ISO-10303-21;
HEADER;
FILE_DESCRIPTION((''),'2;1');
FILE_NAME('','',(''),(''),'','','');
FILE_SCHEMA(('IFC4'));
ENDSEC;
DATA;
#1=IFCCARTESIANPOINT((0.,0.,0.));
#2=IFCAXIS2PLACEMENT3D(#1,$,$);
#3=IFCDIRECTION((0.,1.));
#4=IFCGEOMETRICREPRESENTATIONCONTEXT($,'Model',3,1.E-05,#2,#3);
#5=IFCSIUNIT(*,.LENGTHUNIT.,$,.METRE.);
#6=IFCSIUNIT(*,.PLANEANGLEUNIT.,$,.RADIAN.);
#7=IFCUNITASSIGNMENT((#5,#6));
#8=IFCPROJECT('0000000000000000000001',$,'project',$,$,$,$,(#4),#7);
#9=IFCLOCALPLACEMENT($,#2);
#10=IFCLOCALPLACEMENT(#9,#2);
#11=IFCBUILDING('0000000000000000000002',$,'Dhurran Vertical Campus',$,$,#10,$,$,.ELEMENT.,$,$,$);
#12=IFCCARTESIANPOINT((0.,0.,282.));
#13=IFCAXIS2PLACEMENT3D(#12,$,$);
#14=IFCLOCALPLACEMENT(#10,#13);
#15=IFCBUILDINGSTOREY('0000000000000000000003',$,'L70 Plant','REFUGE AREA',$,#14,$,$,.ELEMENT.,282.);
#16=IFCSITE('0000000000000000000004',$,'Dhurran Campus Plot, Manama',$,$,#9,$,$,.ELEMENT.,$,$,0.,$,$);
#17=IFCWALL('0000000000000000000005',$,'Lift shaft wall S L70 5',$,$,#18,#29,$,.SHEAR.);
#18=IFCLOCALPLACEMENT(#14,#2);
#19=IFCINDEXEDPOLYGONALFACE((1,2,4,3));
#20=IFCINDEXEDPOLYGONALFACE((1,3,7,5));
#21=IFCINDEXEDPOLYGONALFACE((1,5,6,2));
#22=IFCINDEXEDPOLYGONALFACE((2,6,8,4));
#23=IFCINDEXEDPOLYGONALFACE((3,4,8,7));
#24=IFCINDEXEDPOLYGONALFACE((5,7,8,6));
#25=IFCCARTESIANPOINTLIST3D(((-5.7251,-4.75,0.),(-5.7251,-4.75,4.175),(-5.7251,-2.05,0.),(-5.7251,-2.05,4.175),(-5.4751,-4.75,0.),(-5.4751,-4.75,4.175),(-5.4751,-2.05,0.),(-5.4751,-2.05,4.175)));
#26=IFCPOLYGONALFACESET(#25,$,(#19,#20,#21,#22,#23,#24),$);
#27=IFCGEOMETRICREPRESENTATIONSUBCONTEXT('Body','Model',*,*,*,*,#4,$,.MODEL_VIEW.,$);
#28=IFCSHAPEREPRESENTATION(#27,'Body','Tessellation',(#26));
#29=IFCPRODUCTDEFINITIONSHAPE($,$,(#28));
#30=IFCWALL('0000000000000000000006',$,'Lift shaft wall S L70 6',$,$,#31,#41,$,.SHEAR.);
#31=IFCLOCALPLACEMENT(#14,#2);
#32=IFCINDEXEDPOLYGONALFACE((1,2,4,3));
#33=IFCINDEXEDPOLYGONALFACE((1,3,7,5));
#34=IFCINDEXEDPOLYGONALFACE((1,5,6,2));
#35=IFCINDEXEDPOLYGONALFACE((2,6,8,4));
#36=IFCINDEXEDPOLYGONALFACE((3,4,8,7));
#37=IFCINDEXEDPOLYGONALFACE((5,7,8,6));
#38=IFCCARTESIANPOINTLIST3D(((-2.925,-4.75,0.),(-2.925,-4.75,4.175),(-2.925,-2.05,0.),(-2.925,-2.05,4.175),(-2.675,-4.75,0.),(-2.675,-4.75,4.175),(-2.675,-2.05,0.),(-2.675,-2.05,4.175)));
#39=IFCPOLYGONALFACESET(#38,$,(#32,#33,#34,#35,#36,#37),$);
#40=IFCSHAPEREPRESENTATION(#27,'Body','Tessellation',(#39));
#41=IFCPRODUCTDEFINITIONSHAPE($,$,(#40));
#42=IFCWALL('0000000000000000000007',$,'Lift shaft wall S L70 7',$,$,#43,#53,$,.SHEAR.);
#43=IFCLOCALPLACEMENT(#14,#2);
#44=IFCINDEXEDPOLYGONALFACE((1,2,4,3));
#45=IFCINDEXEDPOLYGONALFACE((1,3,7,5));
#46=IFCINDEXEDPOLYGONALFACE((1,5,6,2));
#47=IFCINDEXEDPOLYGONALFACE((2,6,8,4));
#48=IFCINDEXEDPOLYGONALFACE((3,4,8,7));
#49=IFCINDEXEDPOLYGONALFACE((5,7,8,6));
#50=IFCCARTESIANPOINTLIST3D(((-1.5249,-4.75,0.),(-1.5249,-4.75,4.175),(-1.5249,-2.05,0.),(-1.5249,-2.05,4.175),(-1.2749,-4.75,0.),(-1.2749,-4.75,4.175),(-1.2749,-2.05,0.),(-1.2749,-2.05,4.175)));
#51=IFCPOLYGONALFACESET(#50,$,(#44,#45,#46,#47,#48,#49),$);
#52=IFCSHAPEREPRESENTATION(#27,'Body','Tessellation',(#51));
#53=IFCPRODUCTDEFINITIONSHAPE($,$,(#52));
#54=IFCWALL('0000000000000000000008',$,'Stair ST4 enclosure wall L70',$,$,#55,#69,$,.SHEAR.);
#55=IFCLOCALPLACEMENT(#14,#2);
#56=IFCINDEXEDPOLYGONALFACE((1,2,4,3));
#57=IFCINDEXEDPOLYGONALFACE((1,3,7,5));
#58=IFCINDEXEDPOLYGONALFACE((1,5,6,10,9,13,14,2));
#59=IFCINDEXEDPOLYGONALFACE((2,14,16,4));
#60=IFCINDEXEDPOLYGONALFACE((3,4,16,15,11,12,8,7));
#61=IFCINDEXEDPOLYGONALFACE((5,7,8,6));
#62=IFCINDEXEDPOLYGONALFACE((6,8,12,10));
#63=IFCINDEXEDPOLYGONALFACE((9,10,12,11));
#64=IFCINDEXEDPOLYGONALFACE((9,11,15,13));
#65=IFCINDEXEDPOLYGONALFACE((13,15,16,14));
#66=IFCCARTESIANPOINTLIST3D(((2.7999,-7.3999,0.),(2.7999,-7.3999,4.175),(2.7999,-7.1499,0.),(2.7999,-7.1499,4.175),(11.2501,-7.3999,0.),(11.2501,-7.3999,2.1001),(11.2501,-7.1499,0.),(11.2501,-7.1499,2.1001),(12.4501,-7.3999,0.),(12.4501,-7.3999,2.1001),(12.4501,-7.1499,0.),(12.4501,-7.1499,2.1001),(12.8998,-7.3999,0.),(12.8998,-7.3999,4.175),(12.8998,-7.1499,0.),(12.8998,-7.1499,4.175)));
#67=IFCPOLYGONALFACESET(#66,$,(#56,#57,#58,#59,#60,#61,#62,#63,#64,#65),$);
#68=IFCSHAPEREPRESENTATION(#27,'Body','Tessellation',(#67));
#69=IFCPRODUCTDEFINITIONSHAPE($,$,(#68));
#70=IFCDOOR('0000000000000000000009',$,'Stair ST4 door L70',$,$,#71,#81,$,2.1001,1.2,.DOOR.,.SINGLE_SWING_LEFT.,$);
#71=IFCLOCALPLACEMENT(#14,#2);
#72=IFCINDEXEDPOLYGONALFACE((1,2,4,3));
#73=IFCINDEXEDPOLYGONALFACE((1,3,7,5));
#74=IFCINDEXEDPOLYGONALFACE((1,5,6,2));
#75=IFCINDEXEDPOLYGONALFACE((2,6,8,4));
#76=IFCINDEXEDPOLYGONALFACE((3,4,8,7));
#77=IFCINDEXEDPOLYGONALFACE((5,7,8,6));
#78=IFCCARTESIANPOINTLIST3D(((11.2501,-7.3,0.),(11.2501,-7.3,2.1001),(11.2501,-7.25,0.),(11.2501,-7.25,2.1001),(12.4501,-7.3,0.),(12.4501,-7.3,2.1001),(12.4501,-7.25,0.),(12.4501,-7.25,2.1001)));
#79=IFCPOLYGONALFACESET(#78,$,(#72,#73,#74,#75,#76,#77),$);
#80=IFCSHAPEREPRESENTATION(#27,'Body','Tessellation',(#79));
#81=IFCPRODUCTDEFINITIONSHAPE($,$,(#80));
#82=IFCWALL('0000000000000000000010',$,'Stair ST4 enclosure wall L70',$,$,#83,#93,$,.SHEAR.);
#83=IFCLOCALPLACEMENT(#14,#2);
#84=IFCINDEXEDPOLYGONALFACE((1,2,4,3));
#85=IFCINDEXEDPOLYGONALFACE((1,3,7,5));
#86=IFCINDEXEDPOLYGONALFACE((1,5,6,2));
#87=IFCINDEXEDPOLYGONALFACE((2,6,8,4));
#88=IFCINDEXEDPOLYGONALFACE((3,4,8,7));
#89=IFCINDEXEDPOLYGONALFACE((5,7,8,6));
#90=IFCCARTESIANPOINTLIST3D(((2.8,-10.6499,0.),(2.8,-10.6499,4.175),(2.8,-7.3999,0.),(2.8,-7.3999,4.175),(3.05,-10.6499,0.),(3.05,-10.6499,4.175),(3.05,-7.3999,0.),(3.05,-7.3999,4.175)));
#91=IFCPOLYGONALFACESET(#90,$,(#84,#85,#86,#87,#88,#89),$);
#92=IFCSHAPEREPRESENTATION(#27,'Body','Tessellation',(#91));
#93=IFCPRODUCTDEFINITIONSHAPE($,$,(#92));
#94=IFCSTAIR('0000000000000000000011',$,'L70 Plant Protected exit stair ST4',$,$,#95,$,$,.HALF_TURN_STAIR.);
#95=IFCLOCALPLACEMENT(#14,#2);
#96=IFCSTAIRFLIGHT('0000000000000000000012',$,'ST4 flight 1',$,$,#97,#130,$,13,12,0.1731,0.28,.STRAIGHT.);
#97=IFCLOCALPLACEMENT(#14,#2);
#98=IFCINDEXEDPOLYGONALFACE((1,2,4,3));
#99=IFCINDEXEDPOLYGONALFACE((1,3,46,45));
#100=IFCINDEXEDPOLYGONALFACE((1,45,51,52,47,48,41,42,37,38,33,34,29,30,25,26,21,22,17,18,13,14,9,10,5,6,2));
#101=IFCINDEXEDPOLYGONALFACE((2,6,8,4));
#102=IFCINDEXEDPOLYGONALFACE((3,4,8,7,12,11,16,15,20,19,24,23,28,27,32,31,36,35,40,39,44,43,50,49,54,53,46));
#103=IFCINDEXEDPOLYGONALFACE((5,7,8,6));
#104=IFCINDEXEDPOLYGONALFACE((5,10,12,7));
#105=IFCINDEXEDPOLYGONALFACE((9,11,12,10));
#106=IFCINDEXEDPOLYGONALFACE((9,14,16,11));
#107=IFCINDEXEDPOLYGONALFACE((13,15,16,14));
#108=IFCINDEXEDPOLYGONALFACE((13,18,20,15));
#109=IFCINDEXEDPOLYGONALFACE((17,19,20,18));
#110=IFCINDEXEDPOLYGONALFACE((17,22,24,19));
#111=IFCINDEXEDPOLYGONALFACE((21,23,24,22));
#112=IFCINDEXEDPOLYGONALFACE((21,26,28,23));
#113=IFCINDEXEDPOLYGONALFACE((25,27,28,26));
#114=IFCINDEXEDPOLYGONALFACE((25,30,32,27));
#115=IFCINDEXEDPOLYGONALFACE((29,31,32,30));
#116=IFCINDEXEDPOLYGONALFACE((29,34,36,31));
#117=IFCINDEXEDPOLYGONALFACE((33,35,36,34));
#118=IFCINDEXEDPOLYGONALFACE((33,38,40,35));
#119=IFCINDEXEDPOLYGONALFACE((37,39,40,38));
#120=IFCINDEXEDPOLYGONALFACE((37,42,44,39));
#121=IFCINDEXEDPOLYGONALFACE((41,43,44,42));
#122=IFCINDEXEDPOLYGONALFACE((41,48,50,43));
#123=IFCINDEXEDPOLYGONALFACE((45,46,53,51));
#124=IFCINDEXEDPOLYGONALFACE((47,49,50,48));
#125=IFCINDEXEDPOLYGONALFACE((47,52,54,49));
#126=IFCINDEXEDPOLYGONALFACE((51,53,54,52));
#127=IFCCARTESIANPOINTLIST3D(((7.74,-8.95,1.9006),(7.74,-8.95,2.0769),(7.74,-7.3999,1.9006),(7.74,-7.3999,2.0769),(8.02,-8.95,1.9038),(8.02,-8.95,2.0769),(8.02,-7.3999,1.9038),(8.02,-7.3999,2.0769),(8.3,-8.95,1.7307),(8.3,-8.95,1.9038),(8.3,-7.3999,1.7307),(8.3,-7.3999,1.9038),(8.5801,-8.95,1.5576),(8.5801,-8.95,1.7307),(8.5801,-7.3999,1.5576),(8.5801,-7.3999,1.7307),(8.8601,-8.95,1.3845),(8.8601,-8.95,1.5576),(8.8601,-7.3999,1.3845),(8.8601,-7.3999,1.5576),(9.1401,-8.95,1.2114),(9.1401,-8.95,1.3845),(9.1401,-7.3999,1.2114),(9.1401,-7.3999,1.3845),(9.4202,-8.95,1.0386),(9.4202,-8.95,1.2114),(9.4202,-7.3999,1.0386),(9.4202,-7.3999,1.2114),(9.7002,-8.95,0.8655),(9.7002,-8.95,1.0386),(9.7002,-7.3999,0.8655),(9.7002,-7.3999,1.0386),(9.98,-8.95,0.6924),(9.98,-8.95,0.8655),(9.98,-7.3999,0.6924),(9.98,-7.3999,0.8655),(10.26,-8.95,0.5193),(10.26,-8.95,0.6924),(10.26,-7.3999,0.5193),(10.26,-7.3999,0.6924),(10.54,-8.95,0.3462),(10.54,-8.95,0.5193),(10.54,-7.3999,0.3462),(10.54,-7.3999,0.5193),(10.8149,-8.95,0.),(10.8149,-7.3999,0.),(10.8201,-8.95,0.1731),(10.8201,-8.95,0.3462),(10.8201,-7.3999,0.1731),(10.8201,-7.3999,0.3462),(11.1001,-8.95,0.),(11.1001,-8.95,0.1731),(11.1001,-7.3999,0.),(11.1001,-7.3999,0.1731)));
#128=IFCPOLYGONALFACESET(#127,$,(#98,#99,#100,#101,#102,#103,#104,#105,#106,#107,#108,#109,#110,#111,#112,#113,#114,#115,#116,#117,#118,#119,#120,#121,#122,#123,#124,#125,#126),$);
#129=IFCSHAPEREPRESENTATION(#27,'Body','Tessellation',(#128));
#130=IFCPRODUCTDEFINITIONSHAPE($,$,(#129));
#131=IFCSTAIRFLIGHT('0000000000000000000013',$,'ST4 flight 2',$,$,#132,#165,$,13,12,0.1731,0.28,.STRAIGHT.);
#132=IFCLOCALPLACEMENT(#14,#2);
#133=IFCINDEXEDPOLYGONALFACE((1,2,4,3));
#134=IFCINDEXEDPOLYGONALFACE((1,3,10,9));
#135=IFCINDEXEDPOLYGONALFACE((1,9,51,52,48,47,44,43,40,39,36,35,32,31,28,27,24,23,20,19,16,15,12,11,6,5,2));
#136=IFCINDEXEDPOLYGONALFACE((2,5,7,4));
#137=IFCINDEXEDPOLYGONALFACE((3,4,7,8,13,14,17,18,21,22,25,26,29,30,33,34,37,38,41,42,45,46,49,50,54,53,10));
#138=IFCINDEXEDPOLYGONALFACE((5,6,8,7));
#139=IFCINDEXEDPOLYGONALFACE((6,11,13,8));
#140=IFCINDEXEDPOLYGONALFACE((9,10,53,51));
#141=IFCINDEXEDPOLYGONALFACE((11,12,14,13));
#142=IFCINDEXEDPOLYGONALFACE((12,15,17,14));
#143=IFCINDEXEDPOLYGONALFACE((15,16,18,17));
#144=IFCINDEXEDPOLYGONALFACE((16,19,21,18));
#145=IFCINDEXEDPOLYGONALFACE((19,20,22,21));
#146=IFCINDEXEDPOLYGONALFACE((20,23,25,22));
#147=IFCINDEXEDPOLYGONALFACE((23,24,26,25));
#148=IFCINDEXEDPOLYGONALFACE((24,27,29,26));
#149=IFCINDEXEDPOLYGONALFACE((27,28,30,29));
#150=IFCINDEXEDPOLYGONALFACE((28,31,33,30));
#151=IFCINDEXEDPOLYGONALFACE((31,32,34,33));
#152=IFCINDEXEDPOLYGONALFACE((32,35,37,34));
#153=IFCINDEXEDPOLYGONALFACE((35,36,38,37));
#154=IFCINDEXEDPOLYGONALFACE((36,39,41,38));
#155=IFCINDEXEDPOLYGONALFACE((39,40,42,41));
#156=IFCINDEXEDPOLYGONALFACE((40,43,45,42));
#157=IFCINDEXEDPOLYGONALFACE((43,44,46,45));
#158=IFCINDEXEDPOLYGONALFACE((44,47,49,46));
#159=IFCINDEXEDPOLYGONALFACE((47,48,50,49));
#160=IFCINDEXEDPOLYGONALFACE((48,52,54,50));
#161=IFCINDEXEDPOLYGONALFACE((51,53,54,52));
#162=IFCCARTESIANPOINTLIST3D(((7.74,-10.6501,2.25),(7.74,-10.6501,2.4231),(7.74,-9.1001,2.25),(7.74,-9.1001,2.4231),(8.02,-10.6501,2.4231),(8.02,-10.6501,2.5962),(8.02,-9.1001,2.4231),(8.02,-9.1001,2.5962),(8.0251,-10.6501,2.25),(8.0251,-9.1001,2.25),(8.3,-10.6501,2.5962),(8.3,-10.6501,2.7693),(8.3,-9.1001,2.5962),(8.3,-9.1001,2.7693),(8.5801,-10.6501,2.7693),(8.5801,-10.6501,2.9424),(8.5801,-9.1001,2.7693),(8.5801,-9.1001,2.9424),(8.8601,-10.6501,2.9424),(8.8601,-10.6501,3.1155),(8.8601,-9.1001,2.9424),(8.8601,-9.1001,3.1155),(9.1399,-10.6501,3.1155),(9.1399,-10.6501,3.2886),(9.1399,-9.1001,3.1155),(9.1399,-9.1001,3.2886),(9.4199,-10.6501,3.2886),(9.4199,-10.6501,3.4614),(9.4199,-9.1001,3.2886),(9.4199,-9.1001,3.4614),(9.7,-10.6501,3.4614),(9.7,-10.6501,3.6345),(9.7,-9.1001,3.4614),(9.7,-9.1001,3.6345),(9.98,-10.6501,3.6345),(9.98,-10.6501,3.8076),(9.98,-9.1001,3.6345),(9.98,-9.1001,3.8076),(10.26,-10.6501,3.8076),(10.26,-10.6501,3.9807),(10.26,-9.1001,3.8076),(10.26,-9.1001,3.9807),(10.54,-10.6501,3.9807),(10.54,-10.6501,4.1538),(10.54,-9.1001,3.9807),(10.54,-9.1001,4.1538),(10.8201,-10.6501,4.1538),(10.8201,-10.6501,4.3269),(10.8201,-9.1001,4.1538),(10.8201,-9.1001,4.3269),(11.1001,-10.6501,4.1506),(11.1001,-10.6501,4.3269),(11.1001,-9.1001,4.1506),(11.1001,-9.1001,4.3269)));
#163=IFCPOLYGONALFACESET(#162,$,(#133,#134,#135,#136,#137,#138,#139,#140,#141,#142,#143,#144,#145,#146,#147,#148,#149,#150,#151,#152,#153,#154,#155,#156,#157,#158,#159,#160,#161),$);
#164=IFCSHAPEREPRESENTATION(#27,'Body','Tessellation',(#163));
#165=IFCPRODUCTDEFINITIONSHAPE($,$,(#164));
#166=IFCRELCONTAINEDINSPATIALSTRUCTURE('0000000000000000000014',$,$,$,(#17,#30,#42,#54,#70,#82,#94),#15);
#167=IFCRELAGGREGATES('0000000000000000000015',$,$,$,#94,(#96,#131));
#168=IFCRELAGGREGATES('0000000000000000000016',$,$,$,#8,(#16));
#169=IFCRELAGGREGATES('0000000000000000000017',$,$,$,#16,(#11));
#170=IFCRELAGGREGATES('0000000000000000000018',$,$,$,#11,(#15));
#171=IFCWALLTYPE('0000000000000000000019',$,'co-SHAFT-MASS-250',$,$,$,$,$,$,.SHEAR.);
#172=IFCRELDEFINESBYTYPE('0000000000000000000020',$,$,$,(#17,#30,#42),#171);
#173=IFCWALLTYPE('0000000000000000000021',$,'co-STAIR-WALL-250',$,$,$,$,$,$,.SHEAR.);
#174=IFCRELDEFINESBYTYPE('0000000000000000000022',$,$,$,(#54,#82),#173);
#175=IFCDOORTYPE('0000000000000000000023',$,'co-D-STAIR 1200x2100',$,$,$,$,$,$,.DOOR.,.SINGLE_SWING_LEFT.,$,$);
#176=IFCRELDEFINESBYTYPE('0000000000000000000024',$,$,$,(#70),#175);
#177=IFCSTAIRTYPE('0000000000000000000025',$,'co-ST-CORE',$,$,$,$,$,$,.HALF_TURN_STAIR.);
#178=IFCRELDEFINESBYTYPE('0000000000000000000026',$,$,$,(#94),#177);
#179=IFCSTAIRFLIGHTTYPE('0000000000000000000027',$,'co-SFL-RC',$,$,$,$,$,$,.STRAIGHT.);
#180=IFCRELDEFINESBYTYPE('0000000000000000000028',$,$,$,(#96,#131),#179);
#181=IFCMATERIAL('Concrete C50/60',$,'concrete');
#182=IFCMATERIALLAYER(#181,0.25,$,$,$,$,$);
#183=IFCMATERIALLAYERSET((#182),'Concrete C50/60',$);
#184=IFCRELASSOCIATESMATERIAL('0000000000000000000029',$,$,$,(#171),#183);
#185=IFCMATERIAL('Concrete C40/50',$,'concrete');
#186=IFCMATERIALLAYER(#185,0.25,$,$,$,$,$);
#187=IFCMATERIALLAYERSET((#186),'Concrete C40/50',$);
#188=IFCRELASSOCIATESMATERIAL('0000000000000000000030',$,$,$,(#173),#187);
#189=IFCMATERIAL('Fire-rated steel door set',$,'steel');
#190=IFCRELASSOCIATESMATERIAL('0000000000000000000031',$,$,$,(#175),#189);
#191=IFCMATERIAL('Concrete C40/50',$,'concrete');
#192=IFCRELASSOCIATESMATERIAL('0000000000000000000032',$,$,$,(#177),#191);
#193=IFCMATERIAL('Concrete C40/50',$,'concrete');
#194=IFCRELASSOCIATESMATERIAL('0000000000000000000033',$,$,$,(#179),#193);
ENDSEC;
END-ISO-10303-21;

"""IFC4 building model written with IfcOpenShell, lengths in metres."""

from ifc_helpers import new_model, si_unit, direction, frame, frame_2d, origin, place, context, subcontext, project, spatial, polyline, rectangle, outline, extrude, material, layer, layer_set, type_object, element, fill, aggregate, save


model = new_model("IFC4")

# Units and contexts
model_context = context("Model", 3, precision=1e-05, world=origin(), true_north=direction((0.0, 1.0)))
body_context = subcontext(model_context, "Body", "Model", "MODEL_VIEW")
ifc_project = project(units=[si_unit("LENGTHUNIT", "METRE"), si_unit("PLANEANGLEUNIT", "RADIAN")], contexts=[model_context])

# Site, building, storey
site_placement = place(None, origin())
site = spatial("IfcSite", under=ifc_project, at=site_placement, Name="Dhurran Campus Plot, Manama", CompositionType="ELEMENT", RefElevation=0.0)
building_placement = place(site_placement, origin())
building = spatial("IfcBuilding", under=site, at=building_placement, Name="Dhurran Vertical Campus", CompositionType="ELEMENT")
storey_placement = place(building_placement, frame((0.0, 0.0, 282.0)))
storey = spatial("IfcBuildingStorey", under=building, at=storey_placement, Name="L70 Plant", Description="REFUGE AREA", CompositionType="ELEMENT", Elevation=282.0)

# Walls
ifc_material_1 = material(Name="Concrete C50/60", Category="concrete")
ifc_layer_1 = layer(ifc_material_1, 0.25)
ifc_layer_set_1 = layer_set([ifc_layer_1], Name="Concrete C50/60")
wall_type_1 = type_object("IfcWallType", Name="co-SHAFT-MASS-250", PredefinedType="SHEAR", material=ifc_layer_set_1)
wall_1_placement = place(storey_placement, origin())
element("IfcWall", 1, at=wall_1_placement, inside=storey, type_object=wall_type_1, Name="Lift shaft wall S L70 5", PredefinedType="SHEAR", context=body_context, shape_type="SweptSolid", body=[
    extrude(outline(polyline([(-5.7251, -4.75), (-5.4751, -4.75), (-5.4751, -2.05), (-5.7251, -2.05), (-5.7251, -4.75)])), origin(), (0.0, 0.0, 1.0), 4.175),
])
wall_2_placement = place(storey_placement, origin())
element("IfcWall", 2, at=wall_2_placement, inside=storey, type_object=wall_type_1, Name="Lift shaft wall S L70 6", PredefinedType="SHEAR", context=body_context, shape_type="SweptSolid", body=[
    extrude(outline(polyline([(-2.925, -4.75), (-2.675, -4.75), (-2.675, -2.05), (-2.925, -2.05), (-2.925, -4.75)])), origin(), (0.0, 0.0, 1.0), 4.175),
])
wall_3_placement = place(storey_placement, origin())
element("IfcWall", 3, at=wall_3_placement, inside=storey, type_object=wall_type_1, Name="Lift shaft wall S L70 7", PredefinedType="SHEAR", context=body_context, shape_type="SweptSolid", body=[
    extrude(outline(polyline([(-1.5249, -4.75), (-1.2749, -4.75), (-1.2749, -2.05), (-1.5249, -2.05), (-1.5249, -4.75)])), origin(), (0.0, 0.0, 1.0), 4.175),
])

# Wall, opening, door
ifc_material_2 = material(Name="Concrete C40/50", Category="concrete")
ifc_layer_2 = layer(ifc_material_2, 0.25)
ifc_layer_set_2 = layer_set([ifc_layer_2], Name="Concrete C40/50")
wall_type_2 = type_object("IfcWallType", Name="co-STAIR-WALL-250", PredefinedType="SHEAR", material=ifc_layer_set_2)
wall_4_placement = place(storey_placement, frame((2.8, -7.2749, 0.0), z_axis=(0.0, 0.0, 1.0), x_axis=(1.0, 0.0, 0.0)))
wall_4 = element("IfcWall", 4, at=wall_4_placement, inside=storey, type_object=wall_type_2, Name="Stair ST4 enclosure wall L70", PredefinedType="SHEAR", context=body_context, shape_type="SweptSolid", body=[
    extrude(rectangle(XDim=10.0999, YDim=0.25, at=frame_2d((5.0498, 0.0))), origin(), (0.0, 0.0, 1.0), 4.175),
])
opening_1_placement = place(wall_4_placement, frame((8.45, 0.0, 0.0)))
opening_1 = element("IfcOpeningElement", 5, at=opening_1_placement, cuts=wall_4, PredefinedType="OPENING", context=body_context, shape_type="SweptSolid", body=[
    extrude(rectangle(XDim=1.2, YDim=2.1001, at=frame_2d((0.6001, 1.05))), frame((0.0, 0.135, 0.0), z_axis=(0.0, -1.0, 0.0), x_axis=(1.0, 0.0, 0.0)), (0.0, 0.0, 1.0), 0.27),
])
ifc_material_3 = material(Name="Fire-rated steel door set", Category="steel")
door_type_1 = type_object("IfcDoorType", Name="co-D-STAIR 1200x2100", OperationType="SINGLE_SWING_LEFT", PredefinedType="DOOR", material=ifc_material_3)
door_1_placement = place(opening_1_placement, origin())
door_1 = element("IfcDoor", 6, at=door_1_placement, inside=storey, type_object=door_type_1, Name="Stair ST4 door L70", OperationType="SINGLE_SWING_LEFT", OverallHeight=2.1001, OverallWidth=1.2, PredefinedType="DOOR", context=body_context, shape_type="SweptSolid", body=[
    extrude(rectangle(XDim=1.2, YDim=2.1001, at=frame_2d((0.6001, 1.05))), frame((0.0, 0.0249, 0.0), z_axis=(0.0, -1.0, 0.0), x_axis=(1.0, 0.0, 0.0)), (0.0, 0.0, 1.0), 0.05),
])
fill(opening_1, door_1)

# Wall
wall_5_placement = place(storey_placement, frame((2.925, -10.6499, 0.0), z_axis=(0.0, 0.0, 1.0), x_axis=(0.0, 1.0, 0.0)))
element("IfcWall", 7, at=wall_5_placement, inside=storey, type_object=wall_type_2, Name="Stair ST4 enclosure wall L70", PredefinedType="SHEAR", context=body_context, shape_type="SweptSolid", body=[
    extrude(rectangle(XDim=3.25, YDim=0.25, at=frame_2d((1.625, 0.0))), origin(), (0.0, 0.0, 1.0), 4.175),
])

# Stair, stair flights
ifc_material_4 = material(Name="Concrete C40/50", Category="concrete")
stair_type = type_object("IfcStairType", Name="co-ST-CORE", PredefinedType="HALF_TURN_STAIR", material=ifc_material_4)
stair_placement = place(storey_placement, origin())
stair = element("IfcStair", 8, at=stair_placement, inside=storey, type_object=stair_type, Name="L70 Plant Protected exit stair ST4", PredefinedType="HALF_TURN_STAIR")
ifc_material_5 = material(Name="Concrete C40/50", Category="concrete")
stair_flight_type = type_object("IfcStairFlightType", Name="co-SFL-RC", PredefinedType="STRAIGHT", material=ifc_material_5)
stair_flight_1_placement = place(storey_placement, frame((11.1001, -8.175, 0.0), z_axis=(0.0, 0.0, 1.0), x_axis=(-1.0, 0.0, 0.0)))
stair_flight_1 = element("IfcStairFlight", 9, at=stair_flight_1_placement, type_object=stair_flight_type, Name="ST4 flight 1", NumberOfRisers=13, NumberOfTreads=12, PredefinedType="STRAIGHT", RiserHeight=0.1731, TreadLength=0.28, context=body_context, shape_type="SweptSolid", body=[
    extrude(outline(polyline([(0.0, 0.0), (0.0, 0.1731), (0.28, 0.1731), (0.28, 0.3462), (0.5601, 0.3462), (0.5601, 0.5193), (0.8401, 0.5193), (0.8401, 0.6924), (1.1201, 0.6924), (1.1201, 0.8655), (1.3999, 0.8655), (1.3999, 1.0386), (1.6799, 1.0386), (1.6799, 1.2114), (1.96, 1.2114), (1.96, 1.3845), (2.24, 1.3845), (2.24, 1.5576), (2.52, 1.5576), (2.52, 1.7307), (2.8, 1.7307), (2.8, 1.9038), (3.0801, 1.9038), (3.0801, 2.0769), (3.3601, 2.0769), (3.3601, 2.25), (3.3601, 1.9006), (0.2852, 0.0), (0.0, 0.0)])), frame((0.0, 0.7749, 0.0), z_axis=(0.0, -1.0, 0.0), x_axis=(1.0, 0.0, 0.0)), (0.0, 0.0, 1.0), 1.55),
])
stair_flight_2_placement = place(storey_placement, frame((7.74, -9.875, 2.25), z_axis=(0.0, 0.0, 1.0), x_axis=(1.0, 0.0, 0.0)))
stair_flight_2 = element("IfcStairFlight", 10, at=stair_flight_2_placement, type_object=stair_flight_type, Name="ST4 flight 2", NumberOfRisers=13, NumberOfTreads=12, PredefinedType="STRAIGHT", RiserHeight=0.1731, TreadLength=0.28, context=body_context, shape_type="SweptSolid", body=[
    extrude(outline(polyline([(0.0, 0.0), (0.0, 0.1731), (0.28, 0.1731), (0.28, 0.3462), (0.5601, 0.3462), (0.5601, 0.5193), (0.8401, 0.5193), (0.8401, 0.6924), (1.1201, 0.6924), (1.1201, 0.8655), (1.3999, 0.8655), (1.3999, 1.0386), (1.6799, 1.0386), (1.6799, 1.2114), (1.96, 1.2114), (1.96, 1.3845), (2.24, 1.3845), (2.24, 1.5576), (2.52, 1.5576), (2.52, 1.7307), (2.8, 1.7307), (2.8, 1.9038), (3.0801, 1.9038), (3.0801, 2.0769), (3.3601, 2.0769), (3.3601, 2.25), (3.3601, 1.9006), (0.2852, 0.0), (0.0, 0.0)])), frame((0.0, 0.7749, 0.0), z_axis=(0.0, -1.0, 0.0), x_axis=(1.0, 0.0, 0.0)), (0.0, 0.0, 1.0), 1.55),
])
aggregate(stair, [stair_flight_1, stair_flight_2])

save(model, "model.ifc")
